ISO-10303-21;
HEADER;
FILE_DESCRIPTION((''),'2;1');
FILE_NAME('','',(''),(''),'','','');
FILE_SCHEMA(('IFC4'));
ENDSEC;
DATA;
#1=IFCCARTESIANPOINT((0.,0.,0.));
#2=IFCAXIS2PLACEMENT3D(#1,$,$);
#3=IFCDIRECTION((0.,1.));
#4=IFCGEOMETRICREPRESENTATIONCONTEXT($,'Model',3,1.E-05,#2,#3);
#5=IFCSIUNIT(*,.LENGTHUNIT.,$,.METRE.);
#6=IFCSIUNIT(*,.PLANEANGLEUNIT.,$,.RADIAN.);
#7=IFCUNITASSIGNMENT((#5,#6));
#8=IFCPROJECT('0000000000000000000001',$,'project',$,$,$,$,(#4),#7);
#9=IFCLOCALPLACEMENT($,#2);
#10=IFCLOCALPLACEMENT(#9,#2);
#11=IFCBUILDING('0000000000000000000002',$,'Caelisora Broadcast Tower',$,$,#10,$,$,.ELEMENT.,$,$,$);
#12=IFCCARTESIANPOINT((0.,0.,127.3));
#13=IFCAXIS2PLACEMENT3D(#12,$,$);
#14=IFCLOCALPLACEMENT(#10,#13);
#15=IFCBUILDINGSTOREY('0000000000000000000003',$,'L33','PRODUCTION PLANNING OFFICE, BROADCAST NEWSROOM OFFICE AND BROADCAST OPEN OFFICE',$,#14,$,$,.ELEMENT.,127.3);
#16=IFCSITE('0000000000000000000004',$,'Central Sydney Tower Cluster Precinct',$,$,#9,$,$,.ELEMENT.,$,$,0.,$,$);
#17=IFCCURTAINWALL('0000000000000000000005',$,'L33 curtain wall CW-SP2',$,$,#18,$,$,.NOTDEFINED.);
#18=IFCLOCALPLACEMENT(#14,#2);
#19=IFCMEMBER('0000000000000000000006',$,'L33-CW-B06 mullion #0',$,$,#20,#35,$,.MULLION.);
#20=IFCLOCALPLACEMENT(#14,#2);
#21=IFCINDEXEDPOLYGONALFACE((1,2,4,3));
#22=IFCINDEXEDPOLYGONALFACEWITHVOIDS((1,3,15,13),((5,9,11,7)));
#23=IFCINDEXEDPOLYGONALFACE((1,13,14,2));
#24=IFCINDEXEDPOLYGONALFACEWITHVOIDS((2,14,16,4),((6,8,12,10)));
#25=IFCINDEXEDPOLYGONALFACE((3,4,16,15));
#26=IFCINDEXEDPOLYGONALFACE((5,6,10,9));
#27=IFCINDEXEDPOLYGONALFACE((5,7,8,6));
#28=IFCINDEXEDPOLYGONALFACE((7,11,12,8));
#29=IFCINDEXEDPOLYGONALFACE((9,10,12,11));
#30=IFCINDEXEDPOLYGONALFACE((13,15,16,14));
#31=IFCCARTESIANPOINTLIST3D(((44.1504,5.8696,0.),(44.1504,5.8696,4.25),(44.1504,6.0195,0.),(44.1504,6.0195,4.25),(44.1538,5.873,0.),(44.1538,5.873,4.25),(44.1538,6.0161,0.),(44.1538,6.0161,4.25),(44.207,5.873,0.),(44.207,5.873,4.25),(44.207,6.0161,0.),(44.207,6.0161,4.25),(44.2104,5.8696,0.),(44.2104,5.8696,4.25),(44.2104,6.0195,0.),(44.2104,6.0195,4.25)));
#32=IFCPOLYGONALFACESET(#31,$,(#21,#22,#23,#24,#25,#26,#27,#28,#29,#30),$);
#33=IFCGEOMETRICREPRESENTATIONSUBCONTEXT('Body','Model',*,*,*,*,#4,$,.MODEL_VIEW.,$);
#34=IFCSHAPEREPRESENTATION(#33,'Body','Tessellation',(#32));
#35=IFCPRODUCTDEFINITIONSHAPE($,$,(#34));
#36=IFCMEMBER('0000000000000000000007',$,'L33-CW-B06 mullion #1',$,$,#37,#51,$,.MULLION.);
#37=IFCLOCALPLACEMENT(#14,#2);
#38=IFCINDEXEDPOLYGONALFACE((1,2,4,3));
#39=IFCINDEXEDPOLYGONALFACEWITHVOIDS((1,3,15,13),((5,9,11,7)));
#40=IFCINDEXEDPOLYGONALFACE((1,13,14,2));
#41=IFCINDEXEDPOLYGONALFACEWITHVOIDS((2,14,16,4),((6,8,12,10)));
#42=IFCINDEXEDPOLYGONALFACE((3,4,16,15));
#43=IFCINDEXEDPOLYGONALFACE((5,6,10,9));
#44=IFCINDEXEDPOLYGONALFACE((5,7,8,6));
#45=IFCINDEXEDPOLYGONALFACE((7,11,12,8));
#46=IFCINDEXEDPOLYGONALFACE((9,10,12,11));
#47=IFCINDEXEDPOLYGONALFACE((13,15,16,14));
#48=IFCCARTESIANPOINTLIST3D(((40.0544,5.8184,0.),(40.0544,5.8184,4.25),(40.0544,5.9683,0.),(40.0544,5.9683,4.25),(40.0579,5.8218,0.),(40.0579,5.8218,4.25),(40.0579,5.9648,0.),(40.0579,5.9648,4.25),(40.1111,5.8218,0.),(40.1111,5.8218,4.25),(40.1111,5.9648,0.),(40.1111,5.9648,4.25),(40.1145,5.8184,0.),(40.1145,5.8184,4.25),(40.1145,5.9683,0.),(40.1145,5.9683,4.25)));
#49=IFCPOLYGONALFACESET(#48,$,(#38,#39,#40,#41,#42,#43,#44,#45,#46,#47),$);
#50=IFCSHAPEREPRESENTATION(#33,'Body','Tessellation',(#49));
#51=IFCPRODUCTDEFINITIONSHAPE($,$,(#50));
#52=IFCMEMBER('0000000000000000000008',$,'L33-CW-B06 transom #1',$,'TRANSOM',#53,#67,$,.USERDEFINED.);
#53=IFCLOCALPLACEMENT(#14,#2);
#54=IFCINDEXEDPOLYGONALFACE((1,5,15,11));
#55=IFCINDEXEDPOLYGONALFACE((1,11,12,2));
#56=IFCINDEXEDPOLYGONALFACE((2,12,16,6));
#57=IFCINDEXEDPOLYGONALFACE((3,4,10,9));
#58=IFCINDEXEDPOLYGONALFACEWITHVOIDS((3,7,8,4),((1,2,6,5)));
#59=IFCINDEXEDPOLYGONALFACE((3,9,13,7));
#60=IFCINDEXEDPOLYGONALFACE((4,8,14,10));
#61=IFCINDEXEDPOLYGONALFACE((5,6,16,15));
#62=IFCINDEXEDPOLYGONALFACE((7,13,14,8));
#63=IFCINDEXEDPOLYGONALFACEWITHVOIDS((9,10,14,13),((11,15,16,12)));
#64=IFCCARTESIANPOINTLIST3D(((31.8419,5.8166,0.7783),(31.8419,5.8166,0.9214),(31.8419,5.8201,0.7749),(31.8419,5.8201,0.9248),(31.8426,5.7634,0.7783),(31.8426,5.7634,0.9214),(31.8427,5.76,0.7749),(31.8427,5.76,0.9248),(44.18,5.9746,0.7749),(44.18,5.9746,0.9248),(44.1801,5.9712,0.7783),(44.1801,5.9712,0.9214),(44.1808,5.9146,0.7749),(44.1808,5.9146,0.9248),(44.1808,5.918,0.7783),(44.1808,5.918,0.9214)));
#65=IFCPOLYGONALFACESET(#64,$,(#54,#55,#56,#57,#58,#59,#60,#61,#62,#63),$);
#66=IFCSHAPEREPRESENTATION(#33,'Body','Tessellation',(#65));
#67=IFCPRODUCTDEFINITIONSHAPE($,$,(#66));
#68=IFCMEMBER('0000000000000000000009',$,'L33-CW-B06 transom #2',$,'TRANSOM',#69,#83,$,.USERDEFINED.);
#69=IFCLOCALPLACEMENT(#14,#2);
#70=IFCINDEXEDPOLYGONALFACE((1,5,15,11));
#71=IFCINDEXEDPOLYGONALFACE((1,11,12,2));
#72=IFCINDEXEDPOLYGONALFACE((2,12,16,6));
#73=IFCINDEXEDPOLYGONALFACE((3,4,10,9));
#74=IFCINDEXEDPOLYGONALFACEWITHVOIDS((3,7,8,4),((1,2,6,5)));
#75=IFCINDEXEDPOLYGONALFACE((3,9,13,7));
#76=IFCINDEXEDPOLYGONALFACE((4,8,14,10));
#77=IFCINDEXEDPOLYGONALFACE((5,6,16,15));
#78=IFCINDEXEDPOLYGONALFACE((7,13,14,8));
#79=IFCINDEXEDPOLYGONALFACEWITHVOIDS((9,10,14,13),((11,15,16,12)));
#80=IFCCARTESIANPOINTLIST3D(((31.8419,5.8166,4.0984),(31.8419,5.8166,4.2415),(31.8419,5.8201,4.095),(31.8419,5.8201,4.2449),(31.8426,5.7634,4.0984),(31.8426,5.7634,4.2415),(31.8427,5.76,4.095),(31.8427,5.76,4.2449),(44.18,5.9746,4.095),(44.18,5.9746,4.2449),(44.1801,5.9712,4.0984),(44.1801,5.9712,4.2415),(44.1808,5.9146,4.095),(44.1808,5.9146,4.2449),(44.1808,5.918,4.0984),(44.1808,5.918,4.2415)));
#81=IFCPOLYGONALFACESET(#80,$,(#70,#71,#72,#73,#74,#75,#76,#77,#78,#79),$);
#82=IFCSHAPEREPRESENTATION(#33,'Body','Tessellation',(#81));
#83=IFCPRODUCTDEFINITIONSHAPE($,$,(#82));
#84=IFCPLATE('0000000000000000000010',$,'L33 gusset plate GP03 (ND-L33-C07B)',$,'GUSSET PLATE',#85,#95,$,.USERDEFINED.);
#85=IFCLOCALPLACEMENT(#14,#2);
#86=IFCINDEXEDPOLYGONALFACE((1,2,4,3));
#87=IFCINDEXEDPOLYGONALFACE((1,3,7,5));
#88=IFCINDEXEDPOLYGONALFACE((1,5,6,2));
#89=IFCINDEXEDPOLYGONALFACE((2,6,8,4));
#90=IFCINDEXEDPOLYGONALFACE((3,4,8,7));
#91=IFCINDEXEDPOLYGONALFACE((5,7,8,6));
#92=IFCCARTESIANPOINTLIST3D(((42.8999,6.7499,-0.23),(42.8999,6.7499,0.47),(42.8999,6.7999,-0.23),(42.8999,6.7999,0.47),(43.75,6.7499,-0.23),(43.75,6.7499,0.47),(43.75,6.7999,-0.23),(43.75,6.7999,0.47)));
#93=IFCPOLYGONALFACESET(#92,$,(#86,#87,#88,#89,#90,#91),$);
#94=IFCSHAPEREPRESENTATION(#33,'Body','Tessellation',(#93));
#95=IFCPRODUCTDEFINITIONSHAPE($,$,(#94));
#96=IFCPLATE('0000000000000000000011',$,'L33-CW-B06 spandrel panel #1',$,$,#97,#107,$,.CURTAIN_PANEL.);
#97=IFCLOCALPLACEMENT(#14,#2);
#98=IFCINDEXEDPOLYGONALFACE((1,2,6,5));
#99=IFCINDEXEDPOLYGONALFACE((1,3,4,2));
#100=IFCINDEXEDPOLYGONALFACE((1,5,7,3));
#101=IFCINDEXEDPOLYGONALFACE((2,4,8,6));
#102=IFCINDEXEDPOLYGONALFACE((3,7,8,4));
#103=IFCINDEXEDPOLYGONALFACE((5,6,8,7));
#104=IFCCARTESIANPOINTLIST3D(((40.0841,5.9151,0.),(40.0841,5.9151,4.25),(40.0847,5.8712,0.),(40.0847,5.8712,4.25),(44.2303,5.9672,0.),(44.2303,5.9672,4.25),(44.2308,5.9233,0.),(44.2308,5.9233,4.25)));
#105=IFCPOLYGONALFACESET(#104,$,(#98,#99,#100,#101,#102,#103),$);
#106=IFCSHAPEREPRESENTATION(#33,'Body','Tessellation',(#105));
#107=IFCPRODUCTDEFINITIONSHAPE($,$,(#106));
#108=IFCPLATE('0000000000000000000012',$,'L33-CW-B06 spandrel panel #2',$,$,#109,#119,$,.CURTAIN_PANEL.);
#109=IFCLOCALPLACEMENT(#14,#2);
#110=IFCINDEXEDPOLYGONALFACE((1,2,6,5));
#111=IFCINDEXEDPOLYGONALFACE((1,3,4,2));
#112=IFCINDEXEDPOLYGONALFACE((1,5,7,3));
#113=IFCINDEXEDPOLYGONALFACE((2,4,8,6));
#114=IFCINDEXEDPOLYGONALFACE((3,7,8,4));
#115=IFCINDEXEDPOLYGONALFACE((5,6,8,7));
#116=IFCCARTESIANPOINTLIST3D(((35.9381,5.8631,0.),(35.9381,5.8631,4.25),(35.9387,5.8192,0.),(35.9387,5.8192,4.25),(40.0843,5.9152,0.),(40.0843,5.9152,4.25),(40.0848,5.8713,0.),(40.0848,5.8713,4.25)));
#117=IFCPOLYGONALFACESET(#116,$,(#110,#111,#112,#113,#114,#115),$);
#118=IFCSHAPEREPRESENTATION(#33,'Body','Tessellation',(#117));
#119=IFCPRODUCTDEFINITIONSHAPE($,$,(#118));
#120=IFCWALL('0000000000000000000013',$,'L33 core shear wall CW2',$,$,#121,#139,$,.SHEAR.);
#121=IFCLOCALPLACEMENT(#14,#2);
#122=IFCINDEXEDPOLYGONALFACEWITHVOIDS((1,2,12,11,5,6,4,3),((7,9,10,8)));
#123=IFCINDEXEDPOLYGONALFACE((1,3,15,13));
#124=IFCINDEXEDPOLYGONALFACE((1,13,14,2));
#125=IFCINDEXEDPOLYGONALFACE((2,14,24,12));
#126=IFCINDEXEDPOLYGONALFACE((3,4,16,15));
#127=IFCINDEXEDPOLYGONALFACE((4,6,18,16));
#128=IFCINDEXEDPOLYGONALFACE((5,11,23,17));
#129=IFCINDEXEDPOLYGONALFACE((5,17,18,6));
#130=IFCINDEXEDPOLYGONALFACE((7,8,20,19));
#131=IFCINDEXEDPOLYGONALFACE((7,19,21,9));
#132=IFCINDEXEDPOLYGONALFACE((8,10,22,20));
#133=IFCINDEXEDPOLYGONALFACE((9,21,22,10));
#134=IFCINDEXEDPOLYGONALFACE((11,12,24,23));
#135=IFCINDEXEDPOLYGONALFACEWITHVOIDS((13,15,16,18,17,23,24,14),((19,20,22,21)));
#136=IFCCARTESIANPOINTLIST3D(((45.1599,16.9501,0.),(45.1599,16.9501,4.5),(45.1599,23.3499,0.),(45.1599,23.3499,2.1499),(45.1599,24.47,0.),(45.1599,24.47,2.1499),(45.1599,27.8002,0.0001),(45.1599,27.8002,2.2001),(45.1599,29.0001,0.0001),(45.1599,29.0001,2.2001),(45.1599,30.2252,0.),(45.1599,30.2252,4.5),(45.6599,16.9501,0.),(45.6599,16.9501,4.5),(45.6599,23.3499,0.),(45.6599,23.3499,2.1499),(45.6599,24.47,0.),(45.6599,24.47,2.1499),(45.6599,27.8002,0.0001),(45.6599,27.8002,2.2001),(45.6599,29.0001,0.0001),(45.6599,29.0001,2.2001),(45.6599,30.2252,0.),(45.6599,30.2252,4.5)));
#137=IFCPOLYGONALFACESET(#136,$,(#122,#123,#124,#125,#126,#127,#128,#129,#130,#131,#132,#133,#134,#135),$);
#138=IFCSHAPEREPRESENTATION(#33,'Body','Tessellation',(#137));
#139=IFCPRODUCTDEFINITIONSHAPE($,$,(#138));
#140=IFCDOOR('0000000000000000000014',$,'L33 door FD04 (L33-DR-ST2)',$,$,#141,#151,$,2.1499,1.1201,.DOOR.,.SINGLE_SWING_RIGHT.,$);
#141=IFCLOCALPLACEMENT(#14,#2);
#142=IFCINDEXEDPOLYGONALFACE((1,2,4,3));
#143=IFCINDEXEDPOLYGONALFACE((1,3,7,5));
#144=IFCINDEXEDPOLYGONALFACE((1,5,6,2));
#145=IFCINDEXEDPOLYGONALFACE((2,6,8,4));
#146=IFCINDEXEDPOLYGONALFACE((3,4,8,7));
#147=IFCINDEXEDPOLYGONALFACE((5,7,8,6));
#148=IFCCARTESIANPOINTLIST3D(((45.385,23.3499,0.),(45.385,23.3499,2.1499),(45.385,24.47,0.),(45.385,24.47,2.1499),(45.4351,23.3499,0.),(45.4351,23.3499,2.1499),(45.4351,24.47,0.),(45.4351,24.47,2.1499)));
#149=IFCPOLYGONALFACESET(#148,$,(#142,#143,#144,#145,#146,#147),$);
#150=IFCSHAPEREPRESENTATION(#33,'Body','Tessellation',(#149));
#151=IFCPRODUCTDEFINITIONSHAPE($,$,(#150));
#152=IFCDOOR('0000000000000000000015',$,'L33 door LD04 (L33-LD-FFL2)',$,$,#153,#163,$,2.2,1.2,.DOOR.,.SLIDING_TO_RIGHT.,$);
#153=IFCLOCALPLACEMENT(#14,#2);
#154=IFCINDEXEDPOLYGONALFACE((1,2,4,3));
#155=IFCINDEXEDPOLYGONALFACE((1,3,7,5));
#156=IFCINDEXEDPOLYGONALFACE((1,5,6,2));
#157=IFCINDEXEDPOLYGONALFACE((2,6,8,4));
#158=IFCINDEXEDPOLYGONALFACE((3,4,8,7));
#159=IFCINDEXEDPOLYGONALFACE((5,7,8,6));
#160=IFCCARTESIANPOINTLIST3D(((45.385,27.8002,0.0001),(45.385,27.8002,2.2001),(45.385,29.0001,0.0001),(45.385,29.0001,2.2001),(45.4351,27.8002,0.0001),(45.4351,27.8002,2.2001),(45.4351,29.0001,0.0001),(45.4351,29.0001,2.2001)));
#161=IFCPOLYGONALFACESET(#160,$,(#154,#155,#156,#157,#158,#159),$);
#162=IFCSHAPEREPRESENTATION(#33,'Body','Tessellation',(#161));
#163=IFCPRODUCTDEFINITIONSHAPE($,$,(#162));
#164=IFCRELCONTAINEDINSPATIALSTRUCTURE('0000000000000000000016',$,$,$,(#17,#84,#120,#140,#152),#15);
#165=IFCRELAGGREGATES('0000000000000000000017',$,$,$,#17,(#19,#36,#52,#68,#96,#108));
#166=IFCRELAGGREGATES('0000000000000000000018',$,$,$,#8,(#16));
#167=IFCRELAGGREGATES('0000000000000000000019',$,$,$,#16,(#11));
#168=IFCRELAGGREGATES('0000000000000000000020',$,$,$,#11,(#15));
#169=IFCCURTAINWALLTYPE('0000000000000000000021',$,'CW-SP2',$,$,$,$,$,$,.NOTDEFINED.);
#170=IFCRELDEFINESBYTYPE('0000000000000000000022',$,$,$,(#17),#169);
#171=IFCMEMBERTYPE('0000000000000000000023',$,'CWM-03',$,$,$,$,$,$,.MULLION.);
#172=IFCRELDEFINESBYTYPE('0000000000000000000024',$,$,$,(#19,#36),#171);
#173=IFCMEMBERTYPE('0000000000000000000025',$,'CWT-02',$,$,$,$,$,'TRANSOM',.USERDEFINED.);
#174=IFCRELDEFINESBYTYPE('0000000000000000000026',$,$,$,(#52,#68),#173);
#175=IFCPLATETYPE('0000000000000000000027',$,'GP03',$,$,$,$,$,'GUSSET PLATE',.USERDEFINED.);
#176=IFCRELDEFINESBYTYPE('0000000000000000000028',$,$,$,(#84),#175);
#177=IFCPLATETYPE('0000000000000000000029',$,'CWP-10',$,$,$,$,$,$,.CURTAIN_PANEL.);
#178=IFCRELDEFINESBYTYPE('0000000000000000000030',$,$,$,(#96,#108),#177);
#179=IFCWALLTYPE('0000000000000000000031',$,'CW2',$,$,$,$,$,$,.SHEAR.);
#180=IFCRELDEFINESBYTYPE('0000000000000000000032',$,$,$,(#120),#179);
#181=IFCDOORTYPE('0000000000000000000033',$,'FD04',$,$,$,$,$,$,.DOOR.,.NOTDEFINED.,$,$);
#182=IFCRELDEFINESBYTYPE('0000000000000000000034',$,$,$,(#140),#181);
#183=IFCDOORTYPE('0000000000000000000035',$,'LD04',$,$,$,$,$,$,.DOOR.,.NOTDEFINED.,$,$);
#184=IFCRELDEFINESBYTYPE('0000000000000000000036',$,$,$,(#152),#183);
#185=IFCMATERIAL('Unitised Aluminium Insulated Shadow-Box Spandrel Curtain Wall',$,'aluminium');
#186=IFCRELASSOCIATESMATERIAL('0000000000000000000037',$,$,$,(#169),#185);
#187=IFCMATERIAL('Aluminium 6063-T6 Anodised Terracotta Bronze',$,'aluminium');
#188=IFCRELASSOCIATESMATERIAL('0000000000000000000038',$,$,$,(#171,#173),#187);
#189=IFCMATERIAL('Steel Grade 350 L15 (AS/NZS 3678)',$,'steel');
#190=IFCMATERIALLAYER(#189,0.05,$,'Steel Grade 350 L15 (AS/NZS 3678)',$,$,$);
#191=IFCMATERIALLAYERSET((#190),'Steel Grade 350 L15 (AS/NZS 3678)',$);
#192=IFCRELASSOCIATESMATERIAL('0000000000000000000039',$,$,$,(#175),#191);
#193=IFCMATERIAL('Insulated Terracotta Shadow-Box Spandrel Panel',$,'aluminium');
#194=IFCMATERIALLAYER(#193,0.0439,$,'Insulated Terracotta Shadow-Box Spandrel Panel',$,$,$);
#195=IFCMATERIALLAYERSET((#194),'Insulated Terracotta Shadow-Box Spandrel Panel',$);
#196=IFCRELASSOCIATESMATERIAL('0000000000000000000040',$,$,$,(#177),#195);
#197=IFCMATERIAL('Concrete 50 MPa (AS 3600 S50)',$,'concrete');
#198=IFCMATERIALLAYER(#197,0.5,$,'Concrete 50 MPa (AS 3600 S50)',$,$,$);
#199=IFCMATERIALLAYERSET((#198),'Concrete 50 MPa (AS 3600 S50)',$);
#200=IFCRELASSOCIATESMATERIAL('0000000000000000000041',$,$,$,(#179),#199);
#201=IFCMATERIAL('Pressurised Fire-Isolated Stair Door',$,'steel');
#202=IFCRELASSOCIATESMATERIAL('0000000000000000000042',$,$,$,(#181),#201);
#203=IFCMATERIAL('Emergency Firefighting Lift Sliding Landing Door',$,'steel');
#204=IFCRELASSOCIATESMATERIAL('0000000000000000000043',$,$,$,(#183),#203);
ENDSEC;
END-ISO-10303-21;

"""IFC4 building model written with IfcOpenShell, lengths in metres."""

from ifc_helpers import new_model, si_unit, direction, frame, frame_2d, origin, origin_2d, place, context, subcontext, project, spatial, rectangle, hollow_rectangle, extrude, source, transform, mapped, material, layer, layer_set, material_profile, profile_set, type_object, type_shapes, element, fill, aggregate, save


model = new_model("IFC4")

# Units and contexts
model_context = context("Model", 3, precision=1e-05, world=origin(), true_north=direction((0.0, 1.0)))
body_context = subcontext(model_context, "Body", "Model", "MODEL_VIEW")
ifc_project = project(units=[si_unit("LENGTHUNIT", "METRE"), si_unit("PLANEANGLEUNIT", "RADIAN")], contexts=[model_context])

# Site, building, storey
site_placement = place(None, origin())
site = spatial("IfcSite", under=ifc_project, at=site_placement, Name="Central Sydney Tower Cluster Precinct", CompositionType="ELEMENT", RefElevation=0.0)
building_placement = place(site_placement, origin())
building = spatial("IfcBuilding", under=site, at=building_placement, Name="Caelisora Broadcast Tower", CompositionType="ELEMENT")
storey_placement = place(building_placement, frame((0.0, 0.0, 127.3)))
storey = spatial("IfcBuildingStorey", under=building, at=storey_placement, Name="L33", Description="PRODUCTION PLANNING OFFICE, BROADCAST NEWSROOM OFFICE AND BROADCAST OPEN OFFICE", CompositionType="ELEMENT", Elevation=127.3)

# Shared definitions
ifc_material_1 = material(Name="Steel Grade 350 L15 (AS/NZS 3678)", Category="steel")

# Shared definitions
ifc_material_2 = material(Name="Aluminium 6063-T6 Anodised Terracotta Bronze", Category="aluminium")

# Curtain wall, members
ifc_material_3 = material(Name="Unitised Aluminium Insulated Shadow-Box Spandrel Curtain Wall", Category="aluminium")
curtain_wall_type_1 = type_object("IfcCurtainWallType", Name="CW-SP2", PredefinedType="NOTDEFINED", material=ifc_material_3)
curtain_wall_1_placement = place(storey_placement, origin())
curtain_wall_1 = element("IfcCurtainWall", 1, at=curtain_wall_1_placement, inside=storey, type_object=curtain_wall_type_1, Name="L33 curtain wall CW-SP2", PredefinedType="NOTDEFINED")
ifc_material_profile_1 = material_profile(ifc_material_2, hollow_rectangle(XDim=0.0601, YDim=0.1499, WallThickness=0.0034, at=origin_2d()), Name="Aluminium 6063-T6 Anodised Terracotta Bronze")
ifc_profile_set_1 = profile_set([ifc_material_profile_1], Name="Aluminium 6063-T6 Anodised Terracotta Bronze")
member_type_1 = type_object("IfcMemberType", Name="CWM-03", PredefinedType="MULLION", material=ifc_profile_set_1)
shared_shape_1 = source(origin(), body_context, "Body", "SweptSolid", [
    extrude(hollow_rectangle(XDim=0.0601, YDim=0.1499, WallThickness=0.0034, at=origin_2d()), origin(), (0.0, 0.0, 1.0), 4.25),
])
type_shapes(member_type_1, [shared_shape_1])
member_1_placement = place(storey_placement, frame((44.1804, 5.9446, 0.0), z_axis=(0.0, 0.0, 1.0), x_axis=(1.0, 0.0, 0.0)))
member_1 = element("IfcMember", 2, at=member_1_placement, type_object=member_type_1, Name="L33-CW-B06 mullion #0", PredefinedType="MULLION", context=body_context, shape_type="MappedRepresentation", body=[
    mapped(shared_shape_1, transform((0.0, 0.0, 0.0), scale=1.0)),
])
member_2_placement = place(storey_placement, frame((40.0845, 5.8933, 0.0), z_axis=(0.0, 0.0, 1.0), x_axis=(1.0, 0.0, 0.0)))
member_2 = element("IfcMember", 3, at=member_2_placement, type_object=member_type_1, Name="L33-CW-B06 mullion #1", PredefinedType="MULLION", context=body_context, shape_type="MappedRepresentation", body=[
    mapped(shared_shape_1, transform((0.0, 0.0, 0.0), scale=1.0)),
])
ifc_material_profile_2 = material_profile(ifc_material_2, hollow_rectangle(XDim=0.0601, YDim=0.1499, WallThickness=0.0034, at=origin_2d()), Name="Aluminium 6063-T6 Anodised Terracotta Bronze")
ifc_profile_set_2 = profile_set([ifc_material_profile_2], Name="Aluminium 6063-T6 Anodised Terracotta Bronze")
member_type_2 = type_object("IfcMemberType", Name="CWT-02", ElementType="TRANSOM", PredefinedType="USERDEFINED", material=ifc_profile_set_2)
shared_shape_2 = source(origin(), body_context, "Body", "SweptSolid", [
    extrude(hollow_rectangle(XDim=0.0601, YDim=0.1499, WallThickness=0.0034, at=origin_2d()), origin(), (0.0, 0.0, 1.0), 12.3391),
])
type_shapes(member_type_2, [shared_shape_2])
member_3_placement = place(storey_placement, frame((44.1804, 5.9446, 0.8499), z_axis=(-0.999922, -0.012524, 0.0), x_axis=(0.012524, -0.999922, 0.0)))
member_3 = element("IfcMember", 4, at=member_3_placement, type_object=member_type_2, Name="L33-CW-B06 transom #1", ObjectType="TRANSOM", PredefinedType="USERDEFINED", context=body_context, shape_type="MappedRepresentation", body=[
    mapped(shared_shape_2, transform((0.0, 0.0, 0.0), scale=1.0)),
])
member_4_placement = place(storey_placement, frame((44.1804, 5.9446, 4.1699), z_axis=(-0.999922, -0.012524, 0.0), x_axis=(0.012524, -0.999922, 0.0)))
member_4 = element("IfcMember", 5, at=member_4_placement, type_object=member_type_2, Name="L33-CW-B06 transom #2", ObjectType="TRANSOM", PredefinedType="USERDEFINED", context=body_context, shape_type="MappedRepresentation", body=[
    mapped(shared_shape_2, transform((0.0, 0.0, 0.0), scale=1.0)),
])

# Plates
ifc_layer_1 = layer(ifc_material_1, 0.05, Name="Steel Grade 350 L15 (AS/NZS 3678)")
ifc_layer_set_1 = layer_set([ifc_layer_1], Name="Steel Grade 350 L15 (AS/NZS 3678)")
plate_type_1 = type_object("IfcPlateType", Name="GP03", ElementType="GUSSET PLATE", PredefinedType="USERDEFINED", material=ifc_layer_set_1)
shared_shape_3 = source(origin(), body_context, "Body", "SweptSolid", [
    extrude(rectangle(XDim=0.8501, YDim=0.05, at=origin_2d()), origin(), (0.0, 0.0, 1.0), 0.7),
])
type_shapes(plate_type_1, [shared_shape_3])
plate_1_placement = place(storey_placement, frame((43.325, 6.7749, -0.23), z_axis=(0.0, 0.0, 1.0), x_axis=(1.0, 0.0, 0.0)))
element("IfcPlate", 6, at=plate_1_placement, inside=storey, type_object=plate_type_1, Name="L33 gusset plate GP03 (ND-L33-C07B)", ObjectType="GUSSET PLATE", PredefinedType="USERDEFINED", context=body_context, shape_type="MappedRepresentation", body=[
    mapped(shared_shape_3, transform((0.0, 0.0, 0.0), scale=1.0)),
])
ifc_material_4 = material(Name="Insulated Terracotta Shadow-Box Spandrel Panel", Category="aluminium")
ifc_layer_2 = layer(ifc_material_4, 0.0439, Name="Insulated Terracotta Shadow-Box Spandrel Panel")
ifc_layer_set_2 = layer_set([ifc_layer_2], Name="Insulated Terracotta Shadow-Box Spandrel Panel")
plate_type_2 = type_object("IfcPlateType", Name="CWP-10", PredefinedType="CURTAIN_PANEL", material=ifc_layer_set_2)
shared_shape_4 = source(origin(), body_context, "Body", "SweptSolid", [
    extrude(rectangle(XDim=4.1465, YDim=0.0439, at=origin_2d()), origin(), (0.0, 0.0, 1.0), 4.25),
])
type_shapes(plate_type_2, [shared_shape_4])
plate_2_placement = place(storey_placement, frame((42.1575, 5.9192, 0.0), z_axis=(0.0, 0.0, 1.0), x_axis=(-0.999921, -0.012566, 0.0)))
plate_2 = element("IfcPlate", 7, at=plate_2_placement, type_object=plate_type_2, Name="L33-CW-B06 spandrel panel #1", PredefinedType="CURTAIN_PANEL", context=body_context, shape_type="MappedRepresentation", body=[
    mapped(shared_shape_4, transform((0.0, 0.0, 0.0), scale=1.0)),
])
plate_3_placement = place(storey_placement, frame((38.0115, 5.8672, 0.0), z_axis=(0.0, 0.0, 1.0), x_axis=(-0.999921, -0.012566, 0.0)))
plate_3 = element("IfcPlate", 8, at=plate_3_placement, type_object=plate_type_2, Name="L33-CW-B06 spandrel panel #2", PredefinedType="CURTAIN_PANEL", context=body_context, shape_type="MappedRepresentation", body=[
    mapped(shared_shape_4, transform((0.0, 0.0, 0.0), scale=1.0)),
])
aggregate(curtain_wall_1, [member_1, member_2, member_3, member_4, plate_2, plate_3])

# Wall, openings, doors
ifc_material_5 = material(Name="Concrete 50 MPa (AS 3600 S50)", Category="concrete")
ifc_layer_3 = layer(ifc_material_5, 0.5, Name="Concrete 50 MPa (AS 3600 S50)")
ifc_layer_set_3 = layer_set([ifc_layer_3], Name="Concrete 50 MPa (AS 3600 S50)")
wall_type_1 = type_object("IfcWallType", Name="CW2", PredefinedType="SHEAR", material=ifc_layer_set_3)
wall_1_placement = place(storey_placement, frame((45.4099, 16.95, 0.0), z_axis=(0.0, 0.0, 1.0), x_axis=(0.0, 1.0, 0.0)))
wall_1 = element("IfcWall", 9, at=wall_1_placement, inside=storey, type_object=wall_type_1, Name="L33 core shear wall CW2", PredefinedType="SHEAR", context=body_context, shape_type="SweptSolid", body=[
    extrude(rectangle(XDim=13.2751, YDim=0.5, at=frame_2d((6.6377, 0.0))), origin(), (0.0, 0.0, 1.0), 4.5),
])
opening_1_placement = place(wall_1_placement, frame((6.3999, 0.0, 0.0)))
opening_1 = element("IfcOpeningElement", 10, at=opening_1_placement, cuts=wall_1, PredefinedType="OPENING", context=body_context, shape_type="SweptSolid", body=[
    extrude(rectangle(XDim=1.1201, YDim=2.1499, at=frame_2d((0.5601, 1.075))), frame((0.0, 0.262, 0.0), z_axis=(0.0, -1.0, 0.0), x_axis=(1.0, 0.0, 0.0)), (0.0, 0.0, 1.0), 0.5239),
])
opening_2_placement = place(wall_1_placement, frame((10.8501, 0.0, 0.0)))
opening_2 = element("IfcOpeningElement", 11, at=opening_2_placement, cuts=wall_1, PredefinedType="OPENING", context=body_context, shape_type="SweptSolid", body=[
    extrude(rectangle(XDim=1.2, YDim=2.2, at=frame_2d((0.6001, 1.1001))), frame((0.0, 0.262, 0.0), z_axis=(0.0, -1.0, 0.0), x_axis=(1.0, 0.0, 0.0)), (0.0, 0.0, 1.0), 0.5239),
])
ifc_material_6 = material(Name="Pressurised Fire-Isolated Stair Door", Category="steel")
door_type_1 = type_object("IfcDoorType", Name="FD04", OperationType="NOTDEFINED", PredefinedType="DOOR", material=ifc_material_6)
door_1_placement = place(opening_1_placement, origin())
door_1 = element("IfcDoor", 12, at=door_1_placement, inside=storey, type_object=door_type_1, Name="L33 door FD04 (L33-DR-ST2)", OperationType="SINGLE_SWING_RIGHT", OverallHeight=2.1499, OverallWidth=1.1201, PredefinedType="DOOR", context=body_context, shape_type="SweptSolid", body=[
    extrude(rectangle(XDim=1.1201, YDim=2.1499, at=frame_2d((0.5601, 1.075))), frame((0.0, 0.0249, 0.0), z_axis=(0.0, -1.0, 0.0), x_axis=(1.0, 0.0, 0.0)), (0.0, 0.0, 1.0), 0.05),
])
fill(opening_1, door_1)
ifc_material_7 = material(Name="Emergency Firefighting Lift Sliding Landing Door", Category="steel")
door_type_2 = type_object("IfcDoorType", Name="LD04", OperationType="NOTDEFINED", PredefinedType="DOOR", material=ifc_material_7)
door_2_placement = place(opening_2_placement, origin())
door_2 = element("IfcDoor", 13, at=door_2_placement, inside=storey, type_object=door_type_2, Name="L33 door LD04 (L33-LD-FFL2)", OperationType="SLIDING_TO_RIGHT", OverallHeight=2.2, OverallWidth=1.2, PredefinedType="DOOR", context=body_context, shape_type="SweptSolid", body=[
    extrude(rectangle(XDim=1.2, YDim=2.2, at=frame_2d((0.6001, 1.1001))), frame((0.0, 0.0249, 0.0), z_axis=(0.0, -1.0, 0.0), x_axis=(1.0, 0.0, 0.0)), (0.0, 0.0, 1.0), 0.05),
])
fill(opening_2, door_2)

save(model, "model.ifc")
